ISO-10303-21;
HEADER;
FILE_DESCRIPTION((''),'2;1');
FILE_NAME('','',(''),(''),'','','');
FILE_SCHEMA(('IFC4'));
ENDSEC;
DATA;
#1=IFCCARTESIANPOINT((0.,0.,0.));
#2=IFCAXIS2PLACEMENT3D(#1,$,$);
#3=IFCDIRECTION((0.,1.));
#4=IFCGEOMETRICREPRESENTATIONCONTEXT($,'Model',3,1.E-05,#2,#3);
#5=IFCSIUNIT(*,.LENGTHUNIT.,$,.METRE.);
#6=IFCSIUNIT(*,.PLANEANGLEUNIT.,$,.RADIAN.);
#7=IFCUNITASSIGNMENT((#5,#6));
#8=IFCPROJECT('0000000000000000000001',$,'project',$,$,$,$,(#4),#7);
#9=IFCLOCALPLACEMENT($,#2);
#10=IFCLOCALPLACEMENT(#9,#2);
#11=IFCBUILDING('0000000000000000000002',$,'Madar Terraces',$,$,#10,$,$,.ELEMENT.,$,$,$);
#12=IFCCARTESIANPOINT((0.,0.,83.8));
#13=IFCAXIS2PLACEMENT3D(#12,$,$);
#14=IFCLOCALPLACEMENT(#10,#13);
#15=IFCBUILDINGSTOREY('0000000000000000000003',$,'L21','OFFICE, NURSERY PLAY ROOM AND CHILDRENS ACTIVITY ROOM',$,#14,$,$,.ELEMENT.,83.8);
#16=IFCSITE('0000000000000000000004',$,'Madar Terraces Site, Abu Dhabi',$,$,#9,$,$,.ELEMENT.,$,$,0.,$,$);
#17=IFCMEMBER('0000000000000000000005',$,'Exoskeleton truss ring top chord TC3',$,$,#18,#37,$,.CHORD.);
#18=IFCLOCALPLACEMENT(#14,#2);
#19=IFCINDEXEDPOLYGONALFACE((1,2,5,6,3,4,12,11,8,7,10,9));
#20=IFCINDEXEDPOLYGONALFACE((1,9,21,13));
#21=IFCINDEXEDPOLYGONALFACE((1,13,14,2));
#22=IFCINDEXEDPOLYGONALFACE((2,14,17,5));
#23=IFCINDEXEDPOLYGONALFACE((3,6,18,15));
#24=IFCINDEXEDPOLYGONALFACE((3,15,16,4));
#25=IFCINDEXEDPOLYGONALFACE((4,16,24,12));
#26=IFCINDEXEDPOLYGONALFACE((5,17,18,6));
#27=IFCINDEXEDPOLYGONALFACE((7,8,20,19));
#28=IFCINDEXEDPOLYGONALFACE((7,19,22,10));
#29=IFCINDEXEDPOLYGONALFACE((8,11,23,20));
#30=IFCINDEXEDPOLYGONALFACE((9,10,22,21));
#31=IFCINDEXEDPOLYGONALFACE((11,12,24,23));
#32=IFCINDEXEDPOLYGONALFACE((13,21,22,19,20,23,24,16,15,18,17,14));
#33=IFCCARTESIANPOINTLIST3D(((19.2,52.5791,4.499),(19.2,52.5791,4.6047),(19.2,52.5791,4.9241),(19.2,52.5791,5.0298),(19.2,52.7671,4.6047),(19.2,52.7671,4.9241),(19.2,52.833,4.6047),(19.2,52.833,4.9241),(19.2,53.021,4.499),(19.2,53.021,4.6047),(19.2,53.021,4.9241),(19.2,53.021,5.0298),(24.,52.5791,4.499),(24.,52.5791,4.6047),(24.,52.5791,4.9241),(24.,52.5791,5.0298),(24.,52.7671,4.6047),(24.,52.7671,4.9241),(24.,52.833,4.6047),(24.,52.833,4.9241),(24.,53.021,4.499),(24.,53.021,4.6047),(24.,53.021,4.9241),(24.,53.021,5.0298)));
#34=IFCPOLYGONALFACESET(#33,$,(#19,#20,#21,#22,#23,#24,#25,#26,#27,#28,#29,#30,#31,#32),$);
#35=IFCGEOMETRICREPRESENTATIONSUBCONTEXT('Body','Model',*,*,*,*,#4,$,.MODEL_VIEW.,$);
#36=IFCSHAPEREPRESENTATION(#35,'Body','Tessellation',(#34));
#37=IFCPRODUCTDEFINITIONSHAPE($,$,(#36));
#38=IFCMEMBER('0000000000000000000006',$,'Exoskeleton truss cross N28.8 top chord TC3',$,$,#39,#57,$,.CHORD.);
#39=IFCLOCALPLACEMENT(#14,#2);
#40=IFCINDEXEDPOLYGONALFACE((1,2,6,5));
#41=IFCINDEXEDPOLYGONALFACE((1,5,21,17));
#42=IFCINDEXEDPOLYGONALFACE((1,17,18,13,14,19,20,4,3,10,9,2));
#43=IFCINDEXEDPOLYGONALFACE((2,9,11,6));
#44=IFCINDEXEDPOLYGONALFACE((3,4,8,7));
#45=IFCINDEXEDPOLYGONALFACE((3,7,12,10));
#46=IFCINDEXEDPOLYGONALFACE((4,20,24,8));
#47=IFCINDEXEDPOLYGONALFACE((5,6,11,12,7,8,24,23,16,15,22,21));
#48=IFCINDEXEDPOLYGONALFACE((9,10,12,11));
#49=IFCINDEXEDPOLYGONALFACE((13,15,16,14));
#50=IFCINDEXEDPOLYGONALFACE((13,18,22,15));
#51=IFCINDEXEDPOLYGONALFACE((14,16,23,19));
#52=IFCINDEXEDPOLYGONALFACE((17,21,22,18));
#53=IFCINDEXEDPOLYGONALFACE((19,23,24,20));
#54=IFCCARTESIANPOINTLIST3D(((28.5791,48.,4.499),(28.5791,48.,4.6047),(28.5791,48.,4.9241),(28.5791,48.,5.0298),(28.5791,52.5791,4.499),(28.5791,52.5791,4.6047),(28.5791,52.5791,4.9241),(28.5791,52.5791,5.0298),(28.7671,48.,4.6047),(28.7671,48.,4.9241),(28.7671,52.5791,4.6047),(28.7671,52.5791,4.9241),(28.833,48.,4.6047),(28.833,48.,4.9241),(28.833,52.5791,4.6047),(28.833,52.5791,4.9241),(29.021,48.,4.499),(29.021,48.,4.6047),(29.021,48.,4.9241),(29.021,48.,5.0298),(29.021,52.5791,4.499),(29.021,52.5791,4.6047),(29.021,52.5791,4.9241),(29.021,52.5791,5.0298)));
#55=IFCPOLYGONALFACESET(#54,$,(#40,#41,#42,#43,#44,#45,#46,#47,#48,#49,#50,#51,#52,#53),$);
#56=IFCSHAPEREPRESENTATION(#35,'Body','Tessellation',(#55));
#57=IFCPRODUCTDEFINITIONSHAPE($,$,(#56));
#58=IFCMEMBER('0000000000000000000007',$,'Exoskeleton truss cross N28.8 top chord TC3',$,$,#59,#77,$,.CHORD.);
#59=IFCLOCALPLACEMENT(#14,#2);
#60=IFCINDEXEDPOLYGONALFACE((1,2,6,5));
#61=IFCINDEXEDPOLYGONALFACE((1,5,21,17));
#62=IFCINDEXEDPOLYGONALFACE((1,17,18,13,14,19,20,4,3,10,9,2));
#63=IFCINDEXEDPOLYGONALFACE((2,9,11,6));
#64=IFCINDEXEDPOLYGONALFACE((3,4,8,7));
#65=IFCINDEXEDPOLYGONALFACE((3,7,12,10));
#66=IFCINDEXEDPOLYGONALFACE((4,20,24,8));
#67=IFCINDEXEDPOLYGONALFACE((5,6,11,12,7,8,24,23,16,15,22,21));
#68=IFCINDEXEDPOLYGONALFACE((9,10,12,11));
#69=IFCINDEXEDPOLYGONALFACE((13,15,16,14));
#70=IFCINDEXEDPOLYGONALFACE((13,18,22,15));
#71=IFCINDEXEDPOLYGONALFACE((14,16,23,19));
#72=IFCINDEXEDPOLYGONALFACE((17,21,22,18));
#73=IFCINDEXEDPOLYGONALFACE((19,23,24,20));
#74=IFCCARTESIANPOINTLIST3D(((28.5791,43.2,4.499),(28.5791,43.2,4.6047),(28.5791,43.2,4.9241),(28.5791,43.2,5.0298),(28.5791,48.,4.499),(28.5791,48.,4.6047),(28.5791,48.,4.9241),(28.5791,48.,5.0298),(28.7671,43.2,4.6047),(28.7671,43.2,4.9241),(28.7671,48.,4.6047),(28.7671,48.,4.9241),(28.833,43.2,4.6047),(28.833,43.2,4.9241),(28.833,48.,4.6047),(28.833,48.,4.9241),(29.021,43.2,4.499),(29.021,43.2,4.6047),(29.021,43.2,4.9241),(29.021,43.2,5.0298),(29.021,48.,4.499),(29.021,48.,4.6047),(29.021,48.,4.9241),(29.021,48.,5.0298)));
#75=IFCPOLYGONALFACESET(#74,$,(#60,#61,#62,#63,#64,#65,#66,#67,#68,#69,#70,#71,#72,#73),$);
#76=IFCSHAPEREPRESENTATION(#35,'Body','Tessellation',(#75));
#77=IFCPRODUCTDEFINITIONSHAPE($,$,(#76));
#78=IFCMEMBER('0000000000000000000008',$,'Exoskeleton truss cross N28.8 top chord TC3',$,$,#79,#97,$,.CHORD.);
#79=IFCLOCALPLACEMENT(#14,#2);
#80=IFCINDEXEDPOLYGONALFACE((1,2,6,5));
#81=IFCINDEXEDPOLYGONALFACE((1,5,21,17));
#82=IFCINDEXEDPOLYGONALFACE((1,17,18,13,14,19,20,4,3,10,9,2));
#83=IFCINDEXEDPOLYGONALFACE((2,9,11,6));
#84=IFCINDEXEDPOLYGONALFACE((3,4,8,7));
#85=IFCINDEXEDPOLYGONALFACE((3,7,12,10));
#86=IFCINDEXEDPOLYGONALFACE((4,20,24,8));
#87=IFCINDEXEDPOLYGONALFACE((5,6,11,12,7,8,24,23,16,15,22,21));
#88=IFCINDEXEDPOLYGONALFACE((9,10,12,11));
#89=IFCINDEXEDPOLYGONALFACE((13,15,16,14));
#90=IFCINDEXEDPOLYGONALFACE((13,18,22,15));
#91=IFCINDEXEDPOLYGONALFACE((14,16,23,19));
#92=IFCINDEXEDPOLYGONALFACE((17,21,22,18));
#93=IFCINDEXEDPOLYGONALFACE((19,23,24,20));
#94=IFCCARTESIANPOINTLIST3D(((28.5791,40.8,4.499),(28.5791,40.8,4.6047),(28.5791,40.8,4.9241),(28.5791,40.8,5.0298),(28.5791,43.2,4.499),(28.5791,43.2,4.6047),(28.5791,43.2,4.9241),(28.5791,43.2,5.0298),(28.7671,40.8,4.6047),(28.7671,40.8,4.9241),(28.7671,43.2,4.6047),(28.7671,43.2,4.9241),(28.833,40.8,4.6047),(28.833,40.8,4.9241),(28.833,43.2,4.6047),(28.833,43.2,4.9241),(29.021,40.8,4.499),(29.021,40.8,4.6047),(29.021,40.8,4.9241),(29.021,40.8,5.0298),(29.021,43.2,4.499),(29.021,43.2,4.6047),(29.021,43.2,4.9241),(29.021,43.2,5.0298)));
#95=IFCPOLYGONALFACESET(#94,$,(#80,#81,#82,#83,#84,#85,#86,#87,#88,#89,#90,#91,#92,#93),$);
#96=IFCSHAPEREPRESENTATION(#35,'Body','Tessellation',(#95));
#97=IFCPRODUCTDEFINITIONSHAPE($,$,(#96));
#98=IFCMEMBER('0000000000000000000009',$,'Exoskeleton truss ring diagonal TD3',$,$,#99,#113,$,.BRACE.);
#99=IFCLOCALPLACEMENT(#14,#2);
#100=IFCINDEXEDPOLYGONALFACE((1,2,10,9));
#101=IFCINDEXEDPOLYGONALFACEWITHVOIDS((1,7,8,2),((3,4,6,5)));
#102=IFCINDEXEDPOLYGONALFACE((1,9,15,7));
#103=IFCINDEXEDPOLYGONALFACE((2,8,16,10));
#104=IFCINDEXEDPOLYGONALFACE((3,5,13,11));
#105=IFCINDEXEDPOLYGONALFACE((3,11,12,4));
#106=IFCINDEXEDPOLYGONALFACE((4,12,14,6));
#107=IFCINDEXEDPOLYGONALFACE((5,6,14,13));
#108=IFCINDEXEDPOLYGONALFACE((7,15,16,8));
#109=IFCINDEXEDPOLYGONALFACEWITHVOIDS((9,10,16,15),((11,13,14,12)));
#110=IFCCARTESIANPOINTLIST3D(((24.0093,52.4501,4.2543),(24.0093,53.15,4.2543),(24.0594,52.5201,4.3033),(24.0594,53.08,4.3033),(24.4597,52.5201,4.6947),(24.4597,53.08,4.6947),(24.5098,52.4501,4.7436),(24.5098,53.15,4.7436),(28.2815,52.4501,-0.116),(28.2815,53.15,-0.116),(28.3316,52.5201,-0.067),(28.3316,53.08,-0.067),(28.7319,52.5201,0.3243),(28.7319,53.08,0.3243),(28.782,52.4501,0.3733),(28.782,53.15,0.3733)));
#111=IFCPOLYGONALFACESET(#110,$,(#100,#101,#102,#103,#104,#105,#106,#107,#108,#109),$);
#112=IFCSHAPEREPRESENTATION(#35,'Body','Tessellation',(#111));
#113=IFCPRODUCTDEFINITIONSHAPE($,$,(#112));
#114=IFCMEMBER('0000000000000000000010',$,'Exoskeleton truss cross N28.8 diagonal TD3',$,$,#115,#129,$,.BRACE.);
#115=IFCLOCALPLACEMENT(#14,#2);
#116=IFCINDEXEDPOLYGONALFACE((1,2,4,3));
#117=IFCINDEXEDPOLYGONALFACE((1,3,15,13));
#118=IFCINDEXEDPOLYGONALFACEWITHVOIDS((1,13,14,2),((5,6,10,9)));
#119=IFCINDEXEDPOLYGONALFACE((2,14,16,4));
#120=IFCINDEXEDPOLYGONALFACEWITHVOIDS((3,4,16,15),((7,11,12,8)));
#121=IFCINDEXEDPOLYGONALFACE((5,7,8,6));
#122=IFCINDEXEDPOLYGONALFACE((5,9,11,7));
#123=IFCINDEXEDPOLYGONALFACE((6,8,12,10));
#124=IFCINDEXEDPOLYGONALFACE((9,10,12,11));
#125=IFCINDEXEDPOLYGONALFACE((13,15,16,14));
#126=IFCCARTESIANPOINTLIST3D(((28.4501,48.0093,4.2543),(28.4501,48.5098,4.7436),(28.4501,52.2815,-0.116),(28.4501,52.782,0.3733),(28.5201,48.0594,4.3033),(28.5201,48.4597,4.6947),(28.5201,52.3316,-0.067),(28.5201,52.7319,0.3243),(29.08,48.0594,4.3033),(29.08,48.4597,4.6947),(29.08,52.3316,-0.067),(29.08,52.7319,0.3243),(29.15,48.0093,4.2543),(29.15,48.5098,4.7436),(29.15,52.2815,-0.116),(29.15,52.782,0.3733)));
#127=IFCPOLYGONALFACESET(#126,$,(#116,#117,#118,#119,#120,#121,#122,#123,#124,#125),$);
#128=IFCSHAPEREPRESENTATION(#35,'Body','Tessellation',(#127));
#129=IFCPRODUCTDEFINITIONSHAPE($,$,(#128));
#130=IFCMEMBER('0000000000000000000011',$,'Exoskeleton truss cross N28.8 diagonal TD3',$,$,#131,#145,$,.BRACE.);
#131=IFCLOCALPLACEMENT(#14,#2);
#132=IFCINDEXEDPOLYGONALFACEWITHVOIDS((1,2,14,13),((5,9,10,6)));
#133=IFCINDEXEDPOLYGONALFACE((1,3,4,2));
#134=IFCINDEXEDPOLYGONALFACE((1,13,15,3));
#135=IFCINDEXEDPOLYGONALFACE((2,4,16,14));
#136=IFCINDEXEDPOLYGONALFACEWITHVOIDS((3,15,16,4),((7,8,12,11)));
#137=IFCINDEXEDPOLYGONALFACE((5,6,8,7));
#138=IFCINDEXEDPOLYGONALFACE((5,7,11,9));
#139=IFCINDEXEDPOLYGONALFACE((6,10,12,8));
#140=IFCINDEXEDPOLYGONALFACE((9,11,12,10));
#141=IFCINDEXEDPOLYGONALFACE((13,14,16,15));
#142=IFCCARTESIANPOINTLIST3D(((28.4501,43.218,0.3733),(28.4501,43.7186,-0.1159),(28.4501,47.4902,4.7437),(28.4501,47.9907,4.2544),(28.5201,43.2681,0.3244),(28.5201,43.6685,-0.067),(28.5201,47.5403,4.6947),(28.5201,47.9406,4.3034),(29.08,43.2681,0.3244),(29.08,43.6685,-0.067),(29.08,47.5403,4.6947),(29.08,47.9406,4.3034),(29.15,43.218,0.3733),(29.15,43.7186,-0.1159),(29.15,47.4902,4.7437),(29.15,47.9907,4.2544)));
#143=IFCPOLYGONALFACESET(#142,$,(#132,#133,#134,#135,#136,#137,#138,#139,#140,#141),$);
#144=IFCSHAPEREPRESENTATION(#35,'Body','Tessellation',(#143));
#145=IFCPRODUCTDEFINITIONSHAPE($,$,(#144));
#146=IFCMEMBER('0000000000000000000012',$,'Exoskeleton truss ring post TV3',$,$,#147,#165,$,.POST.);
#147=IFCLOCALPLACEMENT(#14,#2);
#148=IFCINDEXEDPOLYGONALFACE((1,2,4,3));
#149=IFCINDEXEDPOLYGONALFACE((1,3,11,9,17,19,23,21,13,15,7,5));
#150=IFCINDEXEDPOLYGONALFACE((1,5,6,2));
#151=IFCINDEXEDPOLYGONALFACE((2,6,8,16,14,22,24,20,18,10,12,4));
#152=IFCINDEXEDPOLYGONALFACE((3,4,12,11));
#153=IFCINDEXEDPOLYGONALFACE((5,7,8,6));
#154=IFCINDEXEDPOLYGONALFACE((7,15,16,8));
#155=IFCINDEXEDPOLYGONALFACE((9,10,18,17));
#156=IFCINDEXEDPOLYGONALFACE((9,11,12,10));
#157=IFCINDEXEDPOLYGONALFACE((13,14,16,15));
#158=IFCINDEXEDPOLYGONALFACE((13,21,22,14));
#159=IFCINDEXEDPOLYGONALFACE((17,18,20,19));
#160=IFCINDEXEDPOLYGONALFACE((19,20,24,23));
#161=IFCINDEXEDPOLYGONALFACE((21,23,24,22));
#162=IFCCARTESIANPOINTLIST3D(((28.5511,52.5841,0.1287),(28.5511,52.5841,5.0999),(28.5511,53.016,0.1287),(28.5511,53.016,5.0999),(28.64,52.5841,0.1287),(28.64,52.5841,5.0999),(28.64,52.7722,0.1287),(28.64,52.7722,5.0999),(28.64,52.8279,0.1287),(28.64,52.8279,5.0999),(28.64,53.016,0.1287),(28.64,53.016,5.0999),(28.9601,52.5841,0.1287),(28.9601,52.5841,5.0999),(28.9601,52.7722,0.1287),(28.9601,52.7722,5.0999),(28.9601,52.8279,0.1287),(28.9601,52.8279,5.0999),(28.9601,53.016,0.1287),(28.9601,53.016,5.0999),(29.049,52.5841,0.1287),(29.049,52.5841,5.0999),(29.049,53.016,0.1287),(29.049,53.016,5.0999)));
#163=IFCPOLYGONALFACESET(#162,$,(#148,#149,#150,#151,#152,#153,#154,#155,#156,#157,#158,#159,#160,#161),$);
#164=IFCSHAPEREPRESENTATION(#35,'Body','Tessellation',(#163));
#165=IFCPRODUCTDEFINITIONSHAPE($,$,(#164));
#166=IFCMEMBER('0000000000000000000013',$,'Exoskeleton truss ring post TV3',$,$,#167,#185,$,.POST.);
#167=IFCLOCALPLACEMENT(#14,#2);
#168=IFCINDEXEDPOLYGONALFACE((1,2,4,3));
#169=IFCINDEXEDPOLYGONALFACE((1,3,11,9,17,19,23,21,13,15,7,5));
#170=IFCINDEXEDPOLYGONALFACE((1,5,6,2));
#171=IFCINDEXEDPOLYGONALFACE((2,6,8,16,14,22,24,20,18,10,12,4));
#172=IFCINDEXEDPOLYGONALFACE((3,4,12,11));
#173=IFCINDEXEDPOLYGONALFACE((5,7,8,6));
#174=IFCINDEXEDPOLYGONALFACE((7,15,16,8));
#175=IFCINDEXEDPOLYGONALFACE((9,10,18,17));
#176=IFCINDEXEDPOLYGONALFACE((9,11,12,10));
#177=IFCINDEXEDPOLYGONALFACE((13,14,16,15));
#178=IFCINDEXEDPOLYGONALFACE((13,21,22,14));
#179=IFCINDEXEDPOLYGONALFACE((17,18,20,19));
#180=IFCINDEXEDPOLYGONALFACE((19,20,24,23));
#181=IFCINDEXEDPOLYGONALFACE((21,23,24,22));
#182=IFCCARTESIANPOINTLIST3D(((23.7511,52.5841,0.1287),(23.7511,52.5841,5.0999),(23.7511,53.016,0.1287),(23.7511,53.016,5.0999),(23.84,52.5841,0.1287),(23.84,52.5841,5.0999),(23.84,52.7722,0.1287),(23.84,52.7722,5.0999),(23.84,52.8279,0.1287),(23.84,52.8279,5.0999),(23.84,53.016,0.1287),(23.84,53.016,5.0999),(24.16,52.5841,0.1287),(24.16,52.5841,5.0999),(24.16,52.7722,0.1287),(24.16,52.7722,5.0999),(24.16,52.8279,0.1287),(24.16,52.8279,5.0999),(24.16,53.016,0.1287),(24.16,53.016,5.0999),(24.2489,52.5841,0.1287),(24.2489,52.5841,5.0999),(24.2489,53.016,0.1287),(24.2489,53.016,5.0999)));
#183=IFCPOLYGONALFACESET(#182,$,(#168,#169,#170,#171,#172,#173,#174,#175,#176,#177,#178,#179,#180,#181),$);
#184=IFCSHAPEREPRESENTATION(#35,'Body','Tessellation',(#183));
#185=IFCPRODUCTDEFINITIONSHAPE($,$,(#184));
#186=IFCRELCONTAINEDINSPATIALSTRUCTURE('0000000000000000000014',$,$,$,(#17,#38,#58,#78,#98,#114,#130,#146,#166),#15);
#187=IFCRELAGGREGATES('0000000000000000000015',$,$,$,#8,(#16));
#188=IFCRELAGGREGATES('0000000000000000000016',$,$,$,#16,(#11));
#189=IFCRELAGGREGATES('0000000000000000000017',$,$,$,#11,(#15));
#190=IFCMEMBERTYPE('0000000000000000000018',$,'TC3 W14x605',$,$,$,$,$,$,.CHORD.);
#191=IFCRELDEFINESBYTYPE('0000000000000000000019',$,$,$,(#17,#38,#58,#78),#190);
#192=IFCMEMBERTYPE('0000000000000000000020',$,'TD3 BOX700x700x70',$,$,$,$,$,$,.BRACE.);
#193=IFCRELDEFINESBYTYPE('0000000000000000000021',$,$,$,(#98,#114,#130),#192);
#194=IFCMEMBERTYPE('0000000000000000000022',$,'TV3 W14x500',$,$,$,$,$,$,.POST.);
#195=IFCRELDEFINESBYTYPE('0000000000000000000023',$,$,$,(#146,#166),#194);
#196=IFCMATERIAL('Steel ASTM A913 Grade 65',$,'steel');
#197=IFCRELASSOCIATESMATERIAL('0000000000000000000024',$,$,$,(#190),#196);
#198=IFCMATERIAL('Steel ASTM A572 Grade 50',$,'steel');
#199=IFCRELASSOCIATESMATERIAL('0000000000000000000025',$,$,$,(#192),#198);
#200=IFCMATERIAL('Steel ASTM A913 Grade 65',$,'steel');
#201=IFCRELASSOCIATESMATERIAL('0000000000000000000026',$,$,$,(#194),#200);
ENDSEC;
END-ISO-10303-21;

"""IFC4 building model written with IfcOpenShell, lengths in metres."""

from ifc_helpers import new_model, si_unit, direction, frame, origin, origin_2d, place, context, subcontext, project, spatial, hollow_rectangle, i_section, extrude, material, material_profile, profile_set, type_object, element, save


model = new_model("IFC4")

# Units and contexts
model_context = context("Model", 3, precision=1e-05, world=origin(), true_north=direction((0.0, 1.0)))
body_context = subcontext(model_context, "Body", "Model", "MODEL_VIEW")
ifc_project = project(units=[si_unit("LENGTHUNIT", "METRE"), si_unit("PLANEANGLEUNIT", "RADIAN")], contexts=[model_context])

# Site, building, storey
site_placement = place(None, origin())
site = spatial("IfcSite", under=ifc_project, at=site_placement, Name="Madar Terraces Site, Abu Dhabi", CompositionType="ELEMENT", RefElevation=0.0)
building_placement = place(site_placement, origin())
building = spatial("IfcBuilding", under=site, at=building_placement, Name="Madar Terraces", CompositionType="ELEMENT")
storey_placement = place(building_placement, frame((0.0, 0.0, 83.8)))
storey = spatial("IfcBuildingStorey", under=building, at=storey_placement, Name="L21", Description="OFFICE, NURSERY PLAY ROOM AND CHILDRENS ACTIVITY ROOM", CompositionType="ELEMENT", Elevation=83.8)

# Members
ifc_material_1 = material(Name="Steel ASTM A913 Grade 65", Category="steel")
ifc_material_profile_1 = material_profile(ifc_material_1, i_section(OverallWidth=0.4419, OverallDepth=0.5308, WebThickness=0.0659, FlangeThickness=0.1057, at=origin_2d()), Name="W14x605")
ifc_profile_set_1 = profile_set([ifc_material_profile_1], Name="Steel ASTM A913 Grade 65")
member_type_1 = type_object("IfcMemberType", Name="TC3 W14x605", PredefinedType="CHORD", material=ifc_profile_set_1)
for number, where, z_axis, x_axis, name in (
    (1, (24.0, 52.8, 4.7644), (-1.0, 0.0, 0.0), (0.0, -1.0, 0.0), "Exoskeleton truss ring top chord TC3"),
):
    element("IfcMember", number, at=place(storey_placement, frame(where, z_axis=z_axis, x_axis=x_axis)), inside=storey, type_object=member_type_1, Name=name, PredefinedType="CHORD", context=body_context, shape_type="SweptSolid", body=[
        extrude(i_section(OverallWidth=0.4419, OverallDepth=0.5308, WebThickness=0.0659, FlangeThickness=0.1057, at=origin_2d()), origin(), (0.0, 0.0, 1.0), 4.8),
    ])
member_1_placement = place(storey_placement, frame((28.8, 52.5791, 4.7644), z_axis=(0.0, -1.0, 0.0), x_axis=(1.0, 0.0, 0.0)))
element("IfcMember", 2, at=member_1_placement, inside=storey, type_object=member_type_1, Name="Exoskeleton truss cross N28.8 top chord TC3", PredefinedType="CHORD", context=body_context, shape_type="SweptSolid", body=[
    extrude(i_section(OverallWidth=0.4419, OverallDepth=0.5308, WebThickness=0.0659, FlangeThickness=0.1057, at=origin_2d()), origin(), (0.0, 0.0, 1.0), 4.5791),
])
member_2_placement = place(storey_placement, frame((28.8, 48.0, 4.7644), z_axis=(0.0, -1.0, 0.0), x_axis=(1.0, 0.0, 0.0)))
element("IfcMember", 3, at=member_2_placement, inside=storey, type_object=member_type_1, Name="Exoskeleton truss cross N28.8 top chord TC3", PredefinedType="CHORD", context=body_context, shape_type="SweptSolid", body=[
    extrude(i_section(OverallWidth=0.4419, OverallDepth=0.5308, WebThickness=0.0659, FlangeThickness=0.1057, at=origin_2d()), origin(), (0.0, 0.0, 1.0), 4.8),
])
member_3_placement = place(storey_placement, frame((28.8, 43.2, 4.7644), z_axis=(0.0, -1.0, 0.0), x_axis=(1.0, 0.0, 0.0)))
element("IfcMember", 4, at=member_3_placement, inside=storey, type_object=member_type_1, Name="Exoskeleton truss cross N28.8 top chord TC3", PredefinedType="CHORD", context=body_context, shape_type="SweptSolid", body=[
    extrude(i_section(OverallWidth=0.4419, OverallDepth=0.5308, WebThickness=0.0659, FlangeThickness=0.1057, at=origin_2d()), origin(), (0.0, 0.0, 1.0), 2.3999),
])
ifc_material_2 = material(Name="Steel ASTM A572 Grade 50", Category="steel")
ifc_material_profile_2 = material_profile(ifc_material_2, hollow_rectangle(XDim=0.7, YDim=0.7, WallThickness=0.0701, at=origin_2d()), Name="BOX700x700x70")
ifc_profile_set_2 = profile_set([ifc_material_profile_2], Name="Steel ASTM A572 Grade 50")
member_type_2 = type_object("IfcMemberType", Name="TD3 BOX700x700x70", PredefinedType="BRACE", material=ifc_profile_set_2)
for number, where, z_axis, x_axis, name in (
    (5, (28.5317, 52.8, 0.1287), (-0.699032, 0.0, 0.715091), (0.0, -1.0, 0.0), "Exoskeleton truss ring diagonal TD3"),
    (6, (28.8, 52.5317, 0.1287), (0.0, -0.699032, 0.715091), (1.0, 0.0, 0.0), "Exoskeleton truss cross N28.8 diagonal TD3"),
    (7, (28.8, 47.7405, 4.499), (0.0, -0.699032, -0.715091), (1.0, 0.0, 0.0), "Exoskeleton truss cross N28.8 diagonal TD3"),
):
    element("IfcMember", number, at=place(storey_placement, frame(where, z_axis=z_axis, x_axis=x_axis)), inside=storey, type_object=member_type_2, Name=name, PredefinedType="BRACE", context=body_context, shape_type="SweptSolid", body=[
        extrude(hollow_rectangle(XDim=0.7, YDim=0.7, WallThickness=0.0701, at=origin_2d()), origin(), (0.0, 0.0, 1.0), 6.1116),
    ])
ifc_material_3 = material(Name="Steel ASTM A913 Grade 65", Category="steel")
ifc_material_profile_3 = material_profile(ifc_material_3, i_section(OverallWidth=0.4319, OverallDepth=0.4978, WebThickness=0.0557, FlangeThickness=0.0889, at=origin_2d()), Name="W14x500")
ifc_profile_set_3 = profile_set([ifc_material_profile_3], Name="Steel ASTM A913 Grade 65")
member_type_3 = type_object("IfcMemberType", Name="TV3 W14x500", PredefinedType="POST", material=ifc_profile_set_3)
for number, where, z_axis, x_axis, name in (
    (8, (28.8, 52.8, 0.1287), (0.0, 0.0, 1.0), (0.0, -1.0, 0.0), "Exoskeleton truss ring post TV3"),
    (9, (24.0, 52.8, 0.1287), (0.0, 0.0, 1.0), (0.0, -1.0, 0.0), "Exoskeleton truss ring post TV3"),
):
    element("IfcMember", number, at=place(storey_placement, frame(where, z_axis=z_axis, x_axis=x_axis)), inside=storey, type_object=member_type_3, Name=name, PredefinedType="POST", context=body_context, shape_type="SweptSolid", body=[
        extrude(i_section(OverallWidth=0.4319, OverallDepth=0.4978, WebThickness=0.0557, FlangeThickness=0.0889, at=origin_2d()), origin(), (0.0, 0.0, 1.0), 4.9712),
    ])

save(model, "model.ifc")
